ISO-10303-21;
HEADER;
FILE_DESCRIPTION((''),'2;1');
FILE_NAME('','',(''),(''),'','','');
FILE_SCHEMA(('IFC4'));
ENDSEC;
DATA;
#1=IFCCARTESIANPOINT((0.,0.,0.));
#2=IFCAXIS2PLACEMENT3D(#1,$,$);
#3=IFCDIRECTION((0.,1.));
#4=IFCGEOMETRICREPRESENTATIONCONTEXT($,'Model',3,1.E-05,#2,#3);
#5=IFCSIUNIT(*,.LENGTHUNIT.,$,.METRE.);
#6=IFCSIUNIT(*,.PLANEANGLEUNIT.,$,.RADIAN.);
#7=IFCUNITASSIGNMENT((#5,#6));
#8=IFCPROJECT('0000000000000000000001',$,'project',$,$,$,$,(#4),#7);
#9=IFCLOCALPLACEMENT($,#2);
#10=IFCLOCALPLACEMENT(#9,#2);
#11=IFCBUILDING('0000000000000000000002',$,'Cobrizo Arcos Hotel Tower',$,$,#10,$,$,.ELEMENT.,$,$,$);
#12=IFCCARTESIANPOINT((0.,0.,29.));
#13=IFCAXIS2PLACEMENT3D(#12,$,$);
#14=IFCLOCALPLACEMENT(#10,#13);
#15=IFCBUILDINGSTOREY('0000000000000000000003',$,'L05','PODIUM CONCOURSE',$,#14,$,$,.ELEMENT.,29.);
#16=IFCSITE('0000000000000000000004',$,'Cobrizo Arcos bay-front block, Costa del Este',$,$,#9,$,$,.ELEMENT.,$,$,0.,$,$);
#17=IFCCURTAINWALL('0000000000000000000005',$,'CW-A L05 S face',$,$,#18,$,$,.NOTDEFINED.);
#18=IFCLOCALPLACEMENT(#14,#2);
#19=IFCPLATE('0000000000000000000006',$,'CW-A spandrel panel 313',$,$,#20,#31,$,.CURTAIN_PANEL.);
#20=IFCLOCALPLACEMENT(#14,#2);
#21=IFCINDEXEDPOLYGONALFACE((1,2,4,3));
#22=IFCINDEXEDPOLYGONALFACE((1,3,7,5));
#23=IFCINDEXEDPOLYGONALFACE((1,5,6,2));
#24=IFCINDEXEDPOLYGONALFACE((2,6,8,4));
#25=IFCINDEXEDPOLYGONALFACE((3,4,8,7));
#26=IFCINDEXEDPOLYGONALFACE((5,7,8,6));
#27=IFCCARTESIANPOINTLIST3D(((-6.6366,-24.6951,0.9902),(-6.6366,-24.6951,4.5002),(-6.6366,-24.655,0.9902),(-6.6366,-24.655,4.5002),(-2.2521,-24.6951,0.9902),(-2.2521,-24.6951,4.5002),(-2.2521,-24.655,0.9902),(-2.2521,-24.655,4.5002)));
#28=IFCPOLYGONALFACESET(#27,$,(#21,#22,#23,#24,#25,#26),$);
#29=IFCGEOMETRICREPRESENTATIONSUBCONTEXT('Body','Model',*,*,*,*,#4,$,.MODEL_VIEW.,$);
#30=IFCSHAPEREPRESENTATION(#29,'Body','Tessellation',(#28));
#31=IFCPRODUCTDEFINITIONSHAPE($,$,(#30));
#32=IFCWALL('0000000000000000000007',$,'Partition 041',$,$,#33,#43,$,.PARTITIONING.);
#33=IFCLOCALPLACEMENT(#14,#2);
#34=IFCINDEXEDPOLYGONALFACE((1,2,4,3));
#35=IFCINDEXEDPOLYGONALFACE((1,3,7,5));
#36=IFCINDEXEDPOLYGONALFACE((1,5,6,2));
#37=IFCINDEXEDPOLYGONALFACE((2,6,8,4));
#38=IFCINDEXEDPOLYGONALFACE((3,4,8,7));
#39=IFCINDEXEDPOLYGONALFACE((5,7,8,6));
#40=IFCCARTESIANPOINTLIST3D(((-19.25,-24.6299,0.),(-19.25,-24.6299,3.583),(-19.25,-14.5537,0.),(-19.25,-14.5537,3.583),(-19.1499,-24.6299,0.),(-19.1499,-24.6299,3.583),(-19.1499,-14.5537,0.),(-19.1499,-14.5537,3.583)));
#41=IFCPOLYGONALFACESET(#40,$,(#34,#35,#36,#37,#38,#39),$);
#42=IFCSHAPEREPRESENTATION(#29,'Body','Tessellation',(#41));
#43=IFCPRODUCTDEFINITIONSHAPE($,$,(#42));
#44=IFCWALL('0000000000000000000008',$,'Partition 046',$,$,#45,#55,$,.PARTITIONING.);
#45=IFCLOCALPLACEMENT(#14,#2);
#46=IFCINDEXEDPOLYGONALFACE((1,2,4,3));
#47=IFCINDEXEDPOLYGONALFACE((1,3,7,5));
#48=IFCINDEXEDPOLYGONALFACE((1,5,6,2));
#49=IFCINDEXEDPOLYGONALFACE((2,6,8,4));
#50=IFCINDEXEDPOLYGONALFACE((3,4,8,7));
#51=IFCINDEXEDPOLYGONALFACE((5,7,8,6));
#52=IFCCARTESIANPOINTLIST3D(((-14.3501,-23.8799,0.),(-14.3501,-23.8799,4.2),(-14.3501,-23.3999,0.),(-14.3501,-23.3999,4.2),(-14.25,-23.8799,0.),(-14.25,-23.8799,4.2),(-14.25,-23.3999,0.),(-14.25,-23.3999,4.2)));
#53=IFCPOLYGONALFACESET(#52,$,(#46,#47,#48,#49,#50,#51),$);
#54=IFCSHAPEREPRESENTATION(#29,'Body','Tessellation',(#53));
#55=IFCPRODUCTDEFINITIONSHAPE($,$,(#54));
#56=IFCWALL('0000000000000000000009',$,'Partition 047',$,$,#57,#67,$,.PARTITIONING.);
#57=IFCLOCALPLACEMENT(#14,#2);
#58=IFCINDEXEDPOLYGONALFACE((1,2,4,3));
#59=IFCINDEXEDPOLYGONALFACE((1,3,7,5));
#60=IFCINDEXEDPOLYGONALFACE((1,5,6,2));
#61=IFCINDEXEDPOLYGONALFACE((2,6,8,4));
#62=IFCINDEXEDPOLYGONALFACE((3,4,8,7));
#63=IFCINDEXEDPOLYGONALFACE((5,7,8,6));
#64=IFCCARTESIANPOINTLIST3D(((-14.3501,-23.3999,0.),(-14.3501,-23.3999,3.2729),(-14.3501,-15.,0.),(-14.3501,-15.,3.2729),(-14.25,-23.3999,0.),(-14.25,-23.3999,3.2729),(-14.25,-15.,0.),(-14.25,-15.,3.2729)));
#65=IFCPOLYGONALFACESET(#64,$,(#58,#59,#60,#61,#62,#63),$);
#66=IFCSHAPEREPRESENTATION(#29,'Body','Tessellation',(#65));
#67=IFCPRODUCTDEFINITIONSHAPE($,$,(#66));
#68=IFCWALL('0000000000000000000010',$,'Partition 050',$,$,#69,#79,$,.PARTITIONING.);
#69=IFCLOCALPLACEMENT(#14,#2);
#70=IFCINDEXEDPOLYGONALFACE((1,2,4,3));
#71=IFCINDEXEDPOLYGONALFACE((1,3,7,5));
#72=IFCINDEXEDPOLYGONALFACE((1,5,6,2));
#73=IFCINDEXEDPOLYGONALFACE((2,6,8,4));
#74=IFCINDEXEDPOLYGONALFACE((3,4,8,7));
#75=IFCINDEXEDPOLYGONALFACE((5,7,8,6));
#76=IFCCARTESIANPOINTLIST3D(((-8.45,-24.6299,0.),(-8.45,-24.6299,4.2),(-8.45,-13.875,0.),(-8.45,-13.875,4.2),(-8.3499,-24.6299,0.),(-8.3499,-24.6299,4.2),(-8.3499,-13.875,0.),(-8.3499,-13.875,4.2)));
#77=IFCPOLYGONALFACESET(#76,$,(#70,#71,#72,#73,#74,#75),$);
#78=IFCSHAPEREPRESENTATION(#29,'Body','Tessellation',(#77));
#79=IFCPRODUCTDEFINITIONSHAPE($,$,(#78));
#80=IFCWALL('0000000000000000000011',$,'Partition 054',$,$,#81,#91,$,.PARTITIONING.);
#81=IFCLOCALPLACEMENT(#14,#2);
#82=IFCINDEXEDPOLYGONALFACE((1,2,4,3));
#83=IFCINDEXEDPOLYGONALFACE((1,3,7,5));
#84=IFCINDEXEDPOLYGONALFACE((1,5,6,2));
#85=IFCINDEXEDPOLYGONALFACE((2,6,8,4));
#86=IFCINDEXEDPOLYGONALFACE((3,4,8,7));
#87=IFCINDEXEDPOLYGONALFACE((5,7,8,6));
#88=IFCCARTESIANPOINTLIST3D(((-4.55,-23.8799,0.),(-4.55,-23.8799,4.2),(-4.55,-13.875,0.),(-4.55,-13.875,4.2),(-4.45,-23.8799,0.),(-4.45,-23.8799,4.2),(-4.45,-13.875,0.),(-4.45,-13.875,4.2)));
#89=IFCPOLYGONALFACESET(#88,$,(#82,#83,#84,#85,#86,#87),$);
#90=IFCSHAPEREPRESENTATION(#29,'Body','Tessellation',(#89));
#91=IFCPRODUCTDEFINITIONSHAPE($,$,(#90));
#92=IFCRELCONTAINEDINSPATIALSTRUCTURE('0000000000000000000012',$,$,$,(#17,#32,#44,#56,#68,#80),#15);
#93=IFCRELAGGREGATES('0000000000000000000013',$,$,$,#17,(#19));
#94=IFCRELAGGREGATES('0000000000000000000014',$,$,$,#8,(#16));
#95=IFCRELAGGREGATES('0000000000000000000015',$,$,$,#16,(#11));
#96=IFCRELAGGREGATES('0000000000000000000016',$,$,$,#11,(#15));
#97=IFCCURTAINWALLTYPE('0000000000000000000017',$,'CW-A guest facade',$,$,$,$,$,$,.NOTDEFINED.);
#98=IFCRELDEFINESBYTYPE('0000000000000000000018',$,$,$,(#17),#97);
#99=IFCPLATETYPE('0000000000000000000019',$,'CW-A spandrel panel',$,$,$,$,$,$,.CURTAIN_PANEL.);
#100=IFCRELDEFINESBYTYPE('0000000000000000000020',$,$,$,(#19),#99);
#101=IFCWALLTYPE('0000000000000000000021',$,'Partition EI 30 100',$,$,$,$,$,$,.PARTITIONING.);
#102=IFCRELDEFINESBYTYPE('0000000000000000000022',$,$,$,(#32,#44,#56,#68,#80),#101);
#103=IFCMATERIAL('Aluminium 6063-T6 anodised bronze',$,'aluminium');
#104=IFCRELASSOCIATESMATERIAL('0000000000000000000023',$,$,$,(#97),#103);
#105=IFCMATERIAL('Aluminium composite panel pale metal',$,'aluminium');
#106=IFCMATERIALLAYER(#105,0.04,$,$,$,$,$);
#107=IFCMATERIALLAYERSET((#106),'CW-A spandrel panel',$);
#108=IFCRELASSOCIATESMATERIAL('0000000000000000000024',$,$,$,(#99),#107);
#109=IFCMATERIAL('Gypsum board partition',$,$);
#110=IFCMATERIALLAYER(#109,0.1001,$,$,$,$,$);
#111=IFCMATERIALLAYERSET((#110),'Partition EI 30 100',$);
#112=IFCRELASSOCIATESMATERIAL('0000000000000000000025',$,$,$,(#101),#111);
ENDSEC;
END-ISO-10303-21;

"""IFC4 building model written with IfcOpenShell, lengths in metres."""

from ifc_helpers import new_model, si_unit, direction, frame, frame_2d, origin, origin_2d, place, context, subcontext, project, spatial, rectangle, extrude, material, layer, layer_set, type_object, element, aggregate, save


model = new_model("IFC4")

# Units and contexts
model_context = context("Model", 3, precision=1e-05, world=origin(), true_north=direction((0.0, 1.0)))
body_context = subcontext(model_context, "Body", "Model", "MODEL_VIEW")
ifc_project = project(units=[si_unit("LENGTHUNIT", "METRE"), si_unit("PLANEANGLEUNIT", "RADIAN")], contexts=[model_context])

# Site, building, storey
site_placement = place(None, origin())
site = spatial("IfcSite", under=ifc_project, at=site_placement, Name="Cobrizo Arcos bay-front block, Costa del Este", CompositionType="ELEMENT", RefElevation=0.0)
building_placement = place(site_placement, origin())
building = spatial("IfcBuilding", under=site, at=building_placement, Name="Cobrizo Arcos Hotel Tower", CompositionType="ELEMENT")
storey_placement = place(building_placement, frame((0.0, 0.0, 29.0)))
storey = spatial("IfcBuildingStorey", under=building, at=storey_placement, Name="L05", Description="PODIUM CONCOURSE", CompositionType="ELEMENT", Elevation=29.0)

# Curtain wall
ifc_material_1 = material(Name="Aluminium 6063-T6 anodised bronze", Category="aluminium")
curtain_wall_type = type_object("IfcCurtainWallType", Name="CW-A guest facade", PredefinedType="NOTDEFINED", material=ifc_material_1)
curtain_wall_placement = place(storey_placement, origin())
curtain_wall = element("IfcCurtainWall", 1, at=curtain_wall_placement, inside=storey, type_object=curtain_wall_type, Name="CW-A L05 S face", PredefinedType="NOTDEFINED")

# Plate
ifc_material_2 = material(Name="Aluminium composite panel pale metal", Category="aluminium")
ifc_layer_1 = layer(ifc_material_2, 0.04)
ifc_layer_set_1 = layer_set([ifc_layer_1], Name="CW-A spandrel panel")
plate_type = type_object("IfcPlateType", Name="CW-A spandrel panel", PredefinedType="CURTAIN_PANEL", material=ifc_layer_set_1)
plate_1_placement = place(storey_placement, frame((-4.4443, -24.675, 0.9902), z_axis=(0.0, 0.0, 1.0), x_axis=(1.0, 0.0, 0.0)))
plate_1 = element("IfcPlate", 2, at=plate_1_placement, type_object=plate_type, Name="CW-A spandrel panel 313", PredefinedType="CURTAIN_PANEL", context=body_context, shape_type="SweptSolid", body=[
    extrude(rectangle(XDim=4.3845, YDim=0.04, at=origin_2d()), origin(), (0.0, 0.0, 1.0), 3.51),
])
aggregate(curtain_wall, [plate_1])

# Walls
ifc_material_3 = material(Name="Gypsum board partition")
ifc_layer_2 = layer(ifc_material_3, 0.1001)
ifc_layer_set_2 = layer_set([ifc_layer_2], Name="Partition EI 30 100")
wall_type = type_object("IfcWallType", Name="Partition EI 30 100", PredefinedType="PARTITIONING", material=ifc_layer_set_2)
wall_1_placement = place(storey_placement, frame((-19.2, -24.6299, 0.0), z_axis=(0.0, 0.0, 1.0), x_axis=(0.0, 1.0, 0.0)))
element("IfcWall", 3, at=wall_1_placement, inside=storey, type_object=wall_type, Name="Partition 041", PredefinedType="PARTITIONING", context=body_context, shape_type="SweptSolid", body=[
    extrude(rectangle(XDim=10.0762, YDim=0.1001, at=frame_2d((5.0381, 0.0))), origin(), (0.0, 0.0, 1.0), 3.583),
])
wall_2_placement = place(storey_placement, frame((-14.3, -23.8799, 0.0), z_axis=(0.0, 0.0, 1.0), x_axis=(0.0, 1.0, 0.0)))
element("IfcWall", 4, at=wall_2_placement, inside=storey, type_object=wall_type, Name="Partition 046", PredefinedType="PARTITIONING", context=body_context, shape_type="SweptSolid", body=[
    extrude(rectangle(XDim=0.48, YDim=0.1001, at=frame_2d((0.24, 0.0))), origin(), (0.0, 0.0, 1.0), 4.2),
])
wall_3_placement = place(storey_placement, frame((-14.3, -23.3999, 0.0), z_axis=(0.0, 0.0, 1.0), x_axis=(0.0, 1.0, 0.0)))
element("IfcWall", 5, at=wall_3_placement, inside=storey, type_object=wall_type, Name="Partition 047", PredefinedType="PARTITIONING", context=body_context, shape_type="SweptSolid", body=[
    extrude(rectangle(XDim=8.3999, YDim=0.1001, at=frame_2d((4.2, 0.0))), origin(), (0.0, 0.0, 1.0), 3.2729),
])
wall_4_placement = place(storey_placement, frame((-8.3999, -24.6299, 0.0), z_axis=(0.0, 0.0, 1.0), x_axis=(0.0, 1.0, 0.0)))
element("IfcWall", 6, at=wall_4_placement, inside=storey, type_object=wall_type, Name="Partition 050", PredefinedType="PARTITIONING", context=body_context, shape_type="SweptSolid", body=[
    extrude(rectangle(XDim=10.7549, YDim=0.1001, at=frame_2d((5.3774, 0.0))), origin(), (0.0, 0.0, 1.0), 4.2),
])
wall_5_placement = place(storey_placement, frame((-4.5, -23.8799, 0.0), z_axis=(0.0, 0.0, 1.0), x_axis=(0.0, 1.0, 0.0)))
element("IfcWall", 7, at=wall_5_placement, inside=storey, type_object=wall_type, Name="Partition 054", PredefinedType="PARTITIONING", context=body_context, shape_type="SweptSolid", body=[
    extrude(rectangle(XDim=10.0049, YDim=0.1001, at=frame_2d((5.0024, 0.0))), origin(), (0.0, 0.0, 1.0), 4.2),
])

save(model, "model.ifc")
